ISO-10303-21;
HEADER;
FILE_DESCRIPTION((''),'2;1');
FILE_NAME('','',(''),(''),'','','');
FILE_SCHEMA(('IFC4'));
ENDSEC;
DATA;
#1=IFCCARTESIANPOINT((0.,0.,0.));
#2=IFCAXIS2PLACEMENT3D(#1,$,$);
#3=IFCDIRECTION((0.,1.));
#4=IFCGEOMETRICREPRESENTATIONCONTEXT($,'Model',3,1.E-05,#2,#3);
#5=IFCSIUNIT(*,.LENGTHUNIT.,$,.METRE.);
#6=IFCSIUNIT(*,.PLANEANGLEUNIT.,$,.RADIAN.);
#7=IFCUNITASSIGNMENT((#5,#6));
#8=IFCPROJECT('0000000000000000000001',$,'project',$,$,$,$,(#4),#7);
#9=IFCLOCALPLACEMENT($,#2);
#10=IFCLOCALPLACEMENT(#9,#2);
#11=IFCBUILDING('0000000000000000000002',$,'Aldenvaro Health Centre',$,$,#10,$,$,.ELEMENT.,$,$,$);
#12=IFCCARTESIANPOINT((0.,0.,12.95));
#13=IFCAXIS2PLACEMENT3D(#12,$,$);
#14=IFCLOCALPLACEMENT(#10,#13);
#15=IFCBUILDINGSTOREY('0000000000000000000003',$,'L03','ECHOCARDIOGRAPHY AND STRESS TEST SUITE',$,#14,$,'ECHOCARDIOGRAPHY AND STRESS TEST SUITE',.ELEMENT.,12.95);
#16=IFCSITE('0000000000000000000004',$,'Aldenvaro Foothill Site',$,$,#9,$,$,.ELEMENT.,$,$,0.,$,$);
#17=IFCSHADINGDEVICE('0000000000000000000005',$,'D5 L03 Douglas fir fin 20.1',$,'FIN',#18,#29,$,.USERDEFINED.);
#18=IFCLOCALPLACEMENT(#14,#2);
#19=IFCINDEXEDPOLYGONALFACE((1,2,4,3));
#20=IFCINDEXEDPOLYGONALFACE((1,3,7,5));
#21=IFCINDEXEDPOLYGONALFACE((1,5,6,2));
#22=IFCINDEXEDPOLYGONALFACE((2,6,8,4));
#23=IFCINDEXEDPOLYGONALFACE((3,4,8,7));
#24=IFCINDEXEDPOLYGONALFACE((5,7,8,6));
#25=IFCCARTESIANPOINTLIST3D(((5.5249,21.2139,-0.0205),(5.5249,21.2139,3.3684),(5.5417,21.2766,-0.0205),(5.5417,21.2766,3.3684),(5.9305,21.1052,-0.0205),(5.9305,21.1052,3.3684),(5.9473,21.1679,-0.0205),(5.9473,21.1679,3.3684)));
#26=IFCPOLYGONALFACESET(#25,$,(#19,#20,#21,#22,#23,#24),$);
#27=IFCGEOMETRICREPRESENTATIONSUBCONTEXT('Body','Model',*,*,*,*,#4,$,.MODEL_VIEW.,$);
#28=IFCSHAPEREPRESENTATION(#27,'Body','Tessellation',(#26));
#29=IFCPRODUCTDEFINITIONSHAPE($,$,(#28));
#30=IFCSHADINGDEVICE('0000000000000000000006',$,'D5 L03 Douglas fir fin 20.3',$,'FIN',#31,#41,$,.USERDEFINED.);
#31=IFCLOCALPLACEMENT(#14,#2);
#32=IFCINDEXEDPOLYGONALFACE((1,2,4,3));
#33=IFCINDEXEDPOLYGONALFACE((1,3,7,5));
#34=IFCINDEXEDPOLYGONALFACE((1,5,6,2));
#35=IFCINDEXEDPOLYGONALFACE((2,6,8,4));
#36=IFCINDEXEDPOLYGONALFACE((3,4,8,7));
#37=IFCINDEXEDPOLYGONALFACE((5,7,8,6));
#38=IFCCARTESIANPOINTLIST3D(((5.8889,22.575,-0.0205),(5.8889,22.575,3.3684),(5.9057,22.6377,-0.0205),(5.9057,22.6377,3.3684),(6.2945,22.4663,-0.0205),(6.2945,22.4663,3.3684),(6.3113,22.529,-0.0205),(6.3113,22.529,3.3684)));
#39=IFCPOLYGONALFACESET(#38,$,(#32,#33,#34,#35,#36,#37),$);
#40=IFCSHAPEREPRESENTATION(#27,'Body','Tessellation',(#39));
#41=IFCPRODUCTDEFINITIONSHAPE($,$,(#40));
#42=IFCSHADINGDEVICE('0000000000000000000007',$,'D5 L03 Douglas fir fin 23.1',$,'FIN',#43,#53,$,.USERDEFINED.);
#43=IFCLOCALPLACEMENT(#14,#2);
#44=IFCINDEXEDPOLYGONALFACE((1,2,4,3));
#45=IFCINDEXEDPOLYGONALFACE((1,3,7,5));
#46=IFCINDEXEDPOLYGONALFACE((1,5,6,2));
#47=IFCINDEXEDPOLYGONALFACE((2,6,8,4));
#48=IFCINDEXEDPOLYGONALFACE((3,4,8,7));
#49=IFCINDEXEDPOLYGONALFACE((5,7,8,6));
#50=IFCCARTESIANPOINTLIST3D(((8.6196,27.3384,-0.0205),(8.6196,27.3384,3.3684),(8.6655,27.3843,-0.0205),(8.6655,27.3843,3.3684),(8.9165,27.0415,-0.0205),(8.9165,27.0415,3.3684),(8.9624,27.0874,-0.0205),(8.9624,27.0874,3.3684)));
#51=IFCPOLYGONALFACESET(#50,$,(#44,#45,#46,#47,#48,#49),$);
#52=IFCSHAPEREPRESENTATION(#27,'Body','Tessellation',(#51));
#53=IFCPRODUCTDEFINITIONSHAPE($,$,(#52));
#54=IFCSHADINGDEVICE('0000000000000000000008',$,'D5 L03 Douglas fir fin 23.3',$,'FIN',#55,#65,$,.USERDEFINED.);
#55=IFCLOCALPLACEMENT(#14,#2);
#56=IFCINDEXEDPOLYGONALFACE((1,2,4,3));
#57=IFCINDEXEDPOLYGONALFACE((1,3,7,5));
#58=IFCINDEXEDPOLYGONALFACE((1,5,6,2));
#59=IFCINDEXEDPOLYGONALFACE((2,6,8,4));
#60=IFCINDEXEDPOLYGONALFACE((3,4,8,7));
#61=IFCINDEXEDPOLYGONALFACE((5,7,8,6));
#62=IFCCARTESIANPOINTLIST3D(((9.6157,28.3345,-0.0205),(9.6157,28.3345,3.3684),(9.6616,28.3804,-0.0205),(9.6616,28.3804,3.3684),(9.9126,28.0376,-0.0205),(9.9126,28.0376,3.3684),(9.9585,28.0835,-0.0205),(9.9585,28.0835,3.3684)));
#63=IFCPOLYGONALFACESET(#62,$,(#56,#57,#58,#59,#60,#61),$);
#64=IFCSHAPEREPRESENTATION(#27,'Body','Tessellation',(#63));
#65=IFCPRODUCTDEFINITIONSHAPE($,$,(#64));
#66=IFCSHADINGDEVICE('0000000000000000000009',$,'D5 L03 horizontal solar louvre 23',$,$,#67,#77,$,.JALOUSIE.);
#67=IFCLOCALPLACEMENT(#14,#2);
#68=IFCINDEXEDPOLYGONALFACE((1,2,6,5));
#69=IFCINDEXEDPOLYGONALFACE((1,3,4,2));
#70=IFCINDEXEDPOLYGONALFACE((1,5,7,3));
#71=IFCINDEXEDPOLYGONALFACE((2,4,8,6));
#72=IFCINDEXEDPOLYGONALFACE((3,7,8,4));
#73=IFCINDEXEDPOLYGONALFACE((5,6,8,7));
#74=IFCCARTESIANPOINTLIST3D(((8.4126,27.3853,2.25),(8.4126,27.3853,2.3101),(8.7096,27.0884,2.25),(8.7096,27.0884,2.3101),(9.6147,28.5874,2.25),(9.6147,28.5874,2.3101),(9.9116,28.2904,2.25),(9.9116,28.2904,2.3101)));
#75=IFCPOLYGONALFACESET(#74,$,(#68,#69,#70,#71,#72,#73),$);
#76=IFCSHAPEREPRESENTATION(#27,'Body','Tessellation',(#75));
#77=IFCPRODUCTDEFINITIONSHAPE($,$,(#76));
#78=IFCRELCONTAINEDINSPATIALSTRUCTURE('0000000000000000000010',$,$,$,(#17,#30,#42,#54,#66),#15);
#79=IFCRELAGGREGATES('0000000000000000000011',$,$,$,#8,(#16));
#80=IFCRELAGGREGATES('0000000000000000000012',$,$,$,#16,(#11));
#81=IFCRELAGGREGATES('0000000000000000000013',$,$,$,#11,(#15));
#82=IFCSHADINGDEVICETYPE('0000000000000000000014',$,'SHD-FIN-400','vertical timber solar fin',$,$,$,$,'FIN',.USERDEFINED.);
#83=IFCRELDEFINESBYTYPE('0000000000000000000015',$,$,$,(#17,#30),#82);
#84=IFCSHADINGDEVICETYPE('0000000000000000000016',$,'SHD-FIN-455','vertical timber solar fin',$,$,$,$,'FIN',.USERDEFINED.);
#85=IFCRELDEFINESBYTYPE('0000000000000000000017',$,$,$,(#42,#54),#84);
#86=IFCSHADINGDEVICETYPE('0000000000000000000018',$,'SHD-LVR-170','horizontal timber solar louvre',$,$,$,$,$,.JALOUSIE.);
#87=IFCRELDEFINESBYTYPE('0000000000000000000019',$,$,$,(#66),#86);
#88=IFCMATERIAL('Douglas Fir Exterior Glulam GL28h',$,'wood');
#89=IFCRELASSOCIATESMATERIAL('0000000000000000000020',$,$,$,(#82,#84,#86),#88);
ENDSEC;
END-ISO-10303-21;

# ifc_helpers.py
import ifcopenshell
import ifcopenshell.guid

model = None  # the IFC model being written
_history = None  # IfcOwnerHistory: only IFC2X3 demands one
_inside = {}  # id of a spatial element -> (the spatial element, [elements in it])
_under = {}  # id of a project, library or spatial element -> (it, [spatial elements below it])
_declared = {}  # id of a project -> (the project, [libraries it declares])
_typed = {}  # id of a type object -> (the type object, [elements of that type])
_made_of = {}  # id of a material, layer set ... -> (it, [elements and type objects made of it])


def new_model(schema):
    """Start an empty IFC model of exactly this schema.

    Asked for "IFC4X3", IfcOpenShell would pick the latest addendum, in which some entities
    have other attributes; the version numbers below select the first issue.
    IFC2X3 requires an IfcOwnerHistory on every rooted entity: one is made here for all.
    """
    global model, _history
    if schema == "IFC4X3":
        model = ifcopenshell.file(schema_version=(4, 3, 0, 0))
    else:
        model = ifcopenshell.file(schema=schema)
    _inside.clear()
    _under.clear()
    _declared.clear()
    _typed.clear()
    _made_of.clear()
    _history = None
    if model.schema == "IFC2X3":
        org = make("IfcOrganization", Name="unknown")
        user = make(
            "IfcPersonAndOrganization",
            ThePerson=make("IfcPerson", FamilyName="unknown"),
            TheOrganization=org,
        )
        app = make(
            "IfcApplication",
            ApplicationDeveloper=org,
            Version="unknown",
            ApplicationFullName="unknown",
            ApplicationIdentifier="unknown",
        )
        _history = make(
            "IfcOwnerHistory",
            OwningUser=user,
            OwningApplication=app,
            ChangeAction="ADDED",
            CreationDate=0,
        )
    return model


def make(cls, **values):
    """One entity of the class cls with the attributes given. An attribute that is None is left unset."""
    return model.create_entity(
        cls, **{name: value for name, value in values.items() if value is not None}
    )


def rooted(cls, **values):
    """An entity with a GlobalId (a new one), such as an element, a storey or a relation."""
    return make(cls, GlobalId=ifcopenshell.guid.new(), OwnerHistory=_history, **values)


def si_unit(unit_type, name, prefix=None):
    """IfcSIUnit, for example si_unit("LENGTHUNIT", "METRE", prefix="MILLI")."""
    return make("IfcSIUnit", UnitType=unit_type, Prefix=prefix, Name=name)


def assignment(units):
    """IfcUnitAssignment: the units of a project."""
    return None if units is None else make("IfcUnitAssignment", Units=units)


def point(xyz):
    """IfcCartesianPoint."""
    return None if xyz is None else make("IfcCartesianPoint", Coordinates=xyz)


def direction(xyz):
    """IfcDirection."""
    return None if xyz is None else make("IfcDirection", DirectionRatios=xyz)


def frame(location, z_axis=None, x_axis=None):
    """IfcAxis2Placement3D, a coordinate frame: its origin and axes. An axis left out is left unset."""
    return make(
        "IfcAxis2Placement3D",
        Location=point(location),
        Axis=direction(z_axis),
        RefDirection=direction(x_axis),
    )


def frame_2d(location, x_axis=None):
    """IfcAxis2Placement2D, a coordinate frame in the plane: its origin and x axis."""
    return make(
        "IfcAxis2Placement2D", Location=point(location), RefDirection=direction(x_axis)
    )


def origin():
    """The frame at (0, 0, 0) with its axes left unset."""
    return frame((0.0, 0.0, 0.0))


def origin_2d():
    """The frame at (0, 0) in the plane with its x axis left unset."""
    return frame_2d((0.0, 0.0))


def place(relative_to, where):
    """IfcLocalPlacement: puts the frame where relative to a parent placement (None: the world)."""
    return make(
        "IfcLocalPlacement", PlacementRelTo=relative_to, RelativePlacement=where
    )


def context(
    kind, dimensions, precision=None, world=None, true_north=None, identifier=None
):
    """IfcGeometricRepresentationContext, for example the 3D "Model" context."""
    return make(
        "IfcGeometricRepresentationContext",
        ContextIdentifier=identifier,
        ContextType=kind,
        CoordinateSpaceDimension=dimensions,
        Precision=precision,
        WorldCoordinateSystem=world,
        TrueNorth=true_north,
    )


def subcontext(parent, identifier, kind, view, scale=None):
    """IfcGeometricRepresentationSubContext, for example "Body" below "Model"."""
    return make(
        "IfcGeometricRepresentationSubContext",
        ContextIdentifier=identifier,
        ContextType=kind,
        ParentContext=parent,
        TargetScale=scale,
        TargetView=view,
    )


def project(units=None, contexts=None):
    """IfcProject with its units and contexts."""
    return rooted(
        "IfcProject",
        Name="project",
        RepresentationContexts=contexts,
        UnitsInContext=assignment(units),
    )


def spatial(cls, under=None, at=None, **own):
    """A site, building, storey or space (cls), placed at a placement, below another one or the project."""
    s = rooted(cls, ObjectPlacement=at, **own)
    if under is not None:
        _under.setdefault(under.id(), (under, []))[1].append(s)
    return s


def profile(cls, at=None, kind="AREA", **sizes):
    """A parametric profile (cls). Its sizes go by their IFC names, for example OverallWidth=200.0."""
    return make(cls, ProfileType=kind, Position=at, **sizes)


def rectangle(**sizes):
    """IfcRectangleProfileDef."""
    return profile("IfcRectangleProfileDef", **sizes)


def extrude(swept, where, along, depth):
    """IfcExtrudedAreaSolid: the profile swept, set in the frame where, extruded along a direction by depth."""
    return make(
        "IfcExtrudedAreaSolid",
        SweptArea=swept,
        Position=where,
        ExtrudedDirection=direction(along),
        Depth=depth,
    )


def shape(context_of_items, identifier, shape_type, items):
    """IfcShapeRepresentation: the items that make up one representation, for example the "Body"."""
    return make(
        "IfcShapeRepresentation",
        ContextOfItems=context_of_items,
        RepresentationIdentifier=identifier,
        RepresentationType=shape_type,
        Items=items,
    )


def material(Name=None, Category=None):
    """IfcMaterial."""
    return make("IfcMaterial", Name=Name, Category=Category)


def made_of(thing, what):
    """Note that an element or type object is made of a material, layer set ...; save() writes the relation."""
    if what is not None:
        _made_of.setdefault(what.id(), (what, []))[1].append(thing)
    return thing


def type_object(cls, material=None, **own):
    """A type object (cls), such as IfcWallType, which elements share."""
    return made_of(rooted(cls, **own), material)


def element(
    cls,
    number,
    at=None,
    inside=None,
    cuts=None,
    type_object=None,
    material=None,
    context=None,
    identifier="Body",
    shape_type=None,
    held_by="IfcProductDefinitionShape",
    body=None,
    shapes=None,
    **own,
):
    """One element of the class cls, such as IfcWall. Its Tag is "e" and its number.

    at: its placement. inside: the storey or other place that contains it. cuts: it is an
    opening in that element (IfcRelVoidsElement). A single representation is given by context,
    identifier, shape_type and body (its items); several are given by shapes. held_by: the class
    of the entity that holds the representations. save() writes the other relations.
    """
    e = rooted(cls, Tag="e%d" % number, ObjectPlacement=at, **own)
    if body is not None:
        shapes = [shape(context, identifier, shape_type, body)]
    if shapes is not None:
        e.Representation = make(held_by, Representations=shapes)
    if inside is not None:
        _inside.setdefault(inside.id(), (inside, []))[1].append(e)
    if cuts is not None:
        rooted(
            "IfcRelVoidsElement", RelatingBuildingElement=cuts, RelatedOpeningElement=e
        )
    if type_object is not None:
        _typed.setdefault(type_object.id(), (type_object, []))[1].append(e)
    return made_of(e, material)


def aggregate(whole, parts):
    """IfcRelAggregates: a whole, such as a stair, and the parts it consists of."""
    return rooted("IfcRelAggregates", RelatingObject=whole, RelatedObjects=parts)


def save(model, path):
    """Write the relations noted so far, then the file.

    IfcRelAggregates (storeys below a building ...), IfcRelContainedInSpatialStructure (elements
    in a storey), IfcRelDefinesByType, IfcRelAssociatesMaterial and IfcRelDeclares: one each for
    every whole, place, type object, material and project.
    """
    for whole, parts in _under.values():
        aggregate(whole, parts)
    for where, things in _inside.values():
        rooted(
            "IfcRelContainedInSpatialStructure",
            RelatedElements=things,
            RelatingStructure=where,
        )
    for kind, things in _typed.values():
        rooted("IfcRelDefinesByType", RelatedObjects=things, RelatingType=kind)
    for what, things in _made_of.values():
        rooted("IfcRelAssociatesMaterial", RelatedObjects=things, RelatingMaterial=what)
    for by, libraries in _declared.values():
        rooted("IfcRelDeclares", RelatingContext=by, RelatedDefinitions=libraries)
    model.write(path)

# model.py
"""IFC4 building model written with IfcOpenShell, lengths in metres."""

from ifc_helpers import new_model, si_unit, direction, frame, origin, origin_2d, place, context, subcontext, project, spatial, rectangle, extrude, material, type_object, element, save


model = new_model("IFC4")

# Units and contexts
model_context = context("Model", 3, precision=1e-05, world=origin(), true_north=direction((0.0, 1.0)))
body_context = subcontext(model_context, "Body", "Model", "MODEL_VIEW")
ifc_project = project(units=[si_unit("LENGTHUNIT", "METRE"), si_unit("PLANEANGLEUNIT", "RADIAN")], contexts=[model_context])

# Site, building, storey
site_placement = place(None, origin())
site = spatial("IfcSite", under=ifc_project, at=site_placement, Name="Aldenvaro Foothill Site", CompositionType="ELEMENT", RefElevation=0.0)
building_placement = place(site_placement, origin())
building = spatial("IfcBuilding", under=site, at=building_placement, Name="Aldenvaro Health Centre", CompositionType="ELEMENT")
storey_placement = place(building_placement, frame((0.0, 0.0, 12.95)))
storey = spatial("IfcBuildingStorey", under=building, at=storey_placement, Name="L03", Description="ECHOCARDIOGRAPHY AND STRESS TEST SUITE", LongName="ECHOCARDIOGRAPHY AND STRESS TEST SUITE", CompositionType="ELEMENT", Elevation=12.95)

# Shading devices
ifc_material_1 = material(Name="Douglas Fir Exterior Glulam GL28h", Category="wood")
shading_device_type_1 = type_object("IfcShadingDeviceType", Name="SHD-FIN-400", Description="vertical timber solar fin", ElementType="FIN", PredefinedType="USERDEFINED", material=ifc_material_1)
for number, where, z_axis, x_axis, name in (
    (1, (5.7361, 21.1909, -0.0205), (0.0, 0.0, 1.0), (0.258825, 0.965924, 0.0), "D5 L03 Douglas fir fin 20.1"),
    (2, (6.1001, 22.552, -0.0205), (0.0, 0.0, 1.0), (0.258825, 0.965924, 0.0), "D5 L03 Douglas fir fin 20.3"),
):
    element("IfcShadingDevice", number, at=place(storey_placement, frame(where, z_axis=z_axis, x_axis=x_axis)), inside=storey, type_object=shading_device_type_1, Name=name, ObjectType="FIN", PredefinedType="USERDEFINED", context=body_context, shape_type="SweptSolid", body=[
        extrude(rectangle(XDim=0.0649, YDim=0.4199, at=origin_2d()), origin(), (0.0, 0.0, 1.0), 3.3889),
    ])
shading_device_type_2 = type_object("IfcShadingDeviceType", Name="SHD-FIN-455", Description="vertical timber solar fin", ElementType="FIN", PredefinedType="USERDEFINED", material=ifc_material_1)
for number, where, z_axis, x_axis, name in (
    (3, (8.791, 27.2129, -0.0205), (0.0, 0.0, 1.0), (0.707107, 0.707107, 0.0), "D5 L03 Douglas fir fin 23.1"),
    (4, (9.7871, 28.209, -0.0205), (0.0, 0.0, 1.0), (0.707107, 0.707107, 0.0), "D5 L03 Douglas fir fin 23.3"),
):
    element("IfcShadingDevice", number, at=place(storey_placement, frame(where, z_axis=z_axis, x_axis=x_axis)), inside=storey, type_object=shading_device_type_2, Name=name, ObjectType="FIN", PredefinedType="USERDEFINED", context=body_context, shape_type="SweptSolid", body=[
        extrude(rectangle(XDim=0.0649, YDim=0.4199, at=origin_2d()), origin(), (0.0, 0.0, 1.0), 3.3889),
    ])
shading_device_type_3 = type_object("IfcShadingDeviceType", Name="SHD-LVR-170", Description="horizontal timber solar louvre", PredefinedType="JALOUSIE", material=ifc_material_1)
shading_device_1_placement = place(storey_placement, frame((9.1621, 27.8379, 2.25), z_axis=(0.0, 0.0, 1.0), x_axis=(0.707107, 0.707107, 0.0)))
element("IfcShadingDevice", 5, at=shading_device_1_placement, inside=storey, type_object=shading_device_type_3, Name="D5 L03 horizontal solar louvre 23", PredefinedType="JALOUSIE", context=body_context, shape_type="SweptSolid", body=[
    extrude(rectangle(XDim=1.7, YDim=0.4199, at=origin_2d()), origin(), (0.0, 0.0, 1.0), 0.0601),
])

save(model, "model.ifc")
